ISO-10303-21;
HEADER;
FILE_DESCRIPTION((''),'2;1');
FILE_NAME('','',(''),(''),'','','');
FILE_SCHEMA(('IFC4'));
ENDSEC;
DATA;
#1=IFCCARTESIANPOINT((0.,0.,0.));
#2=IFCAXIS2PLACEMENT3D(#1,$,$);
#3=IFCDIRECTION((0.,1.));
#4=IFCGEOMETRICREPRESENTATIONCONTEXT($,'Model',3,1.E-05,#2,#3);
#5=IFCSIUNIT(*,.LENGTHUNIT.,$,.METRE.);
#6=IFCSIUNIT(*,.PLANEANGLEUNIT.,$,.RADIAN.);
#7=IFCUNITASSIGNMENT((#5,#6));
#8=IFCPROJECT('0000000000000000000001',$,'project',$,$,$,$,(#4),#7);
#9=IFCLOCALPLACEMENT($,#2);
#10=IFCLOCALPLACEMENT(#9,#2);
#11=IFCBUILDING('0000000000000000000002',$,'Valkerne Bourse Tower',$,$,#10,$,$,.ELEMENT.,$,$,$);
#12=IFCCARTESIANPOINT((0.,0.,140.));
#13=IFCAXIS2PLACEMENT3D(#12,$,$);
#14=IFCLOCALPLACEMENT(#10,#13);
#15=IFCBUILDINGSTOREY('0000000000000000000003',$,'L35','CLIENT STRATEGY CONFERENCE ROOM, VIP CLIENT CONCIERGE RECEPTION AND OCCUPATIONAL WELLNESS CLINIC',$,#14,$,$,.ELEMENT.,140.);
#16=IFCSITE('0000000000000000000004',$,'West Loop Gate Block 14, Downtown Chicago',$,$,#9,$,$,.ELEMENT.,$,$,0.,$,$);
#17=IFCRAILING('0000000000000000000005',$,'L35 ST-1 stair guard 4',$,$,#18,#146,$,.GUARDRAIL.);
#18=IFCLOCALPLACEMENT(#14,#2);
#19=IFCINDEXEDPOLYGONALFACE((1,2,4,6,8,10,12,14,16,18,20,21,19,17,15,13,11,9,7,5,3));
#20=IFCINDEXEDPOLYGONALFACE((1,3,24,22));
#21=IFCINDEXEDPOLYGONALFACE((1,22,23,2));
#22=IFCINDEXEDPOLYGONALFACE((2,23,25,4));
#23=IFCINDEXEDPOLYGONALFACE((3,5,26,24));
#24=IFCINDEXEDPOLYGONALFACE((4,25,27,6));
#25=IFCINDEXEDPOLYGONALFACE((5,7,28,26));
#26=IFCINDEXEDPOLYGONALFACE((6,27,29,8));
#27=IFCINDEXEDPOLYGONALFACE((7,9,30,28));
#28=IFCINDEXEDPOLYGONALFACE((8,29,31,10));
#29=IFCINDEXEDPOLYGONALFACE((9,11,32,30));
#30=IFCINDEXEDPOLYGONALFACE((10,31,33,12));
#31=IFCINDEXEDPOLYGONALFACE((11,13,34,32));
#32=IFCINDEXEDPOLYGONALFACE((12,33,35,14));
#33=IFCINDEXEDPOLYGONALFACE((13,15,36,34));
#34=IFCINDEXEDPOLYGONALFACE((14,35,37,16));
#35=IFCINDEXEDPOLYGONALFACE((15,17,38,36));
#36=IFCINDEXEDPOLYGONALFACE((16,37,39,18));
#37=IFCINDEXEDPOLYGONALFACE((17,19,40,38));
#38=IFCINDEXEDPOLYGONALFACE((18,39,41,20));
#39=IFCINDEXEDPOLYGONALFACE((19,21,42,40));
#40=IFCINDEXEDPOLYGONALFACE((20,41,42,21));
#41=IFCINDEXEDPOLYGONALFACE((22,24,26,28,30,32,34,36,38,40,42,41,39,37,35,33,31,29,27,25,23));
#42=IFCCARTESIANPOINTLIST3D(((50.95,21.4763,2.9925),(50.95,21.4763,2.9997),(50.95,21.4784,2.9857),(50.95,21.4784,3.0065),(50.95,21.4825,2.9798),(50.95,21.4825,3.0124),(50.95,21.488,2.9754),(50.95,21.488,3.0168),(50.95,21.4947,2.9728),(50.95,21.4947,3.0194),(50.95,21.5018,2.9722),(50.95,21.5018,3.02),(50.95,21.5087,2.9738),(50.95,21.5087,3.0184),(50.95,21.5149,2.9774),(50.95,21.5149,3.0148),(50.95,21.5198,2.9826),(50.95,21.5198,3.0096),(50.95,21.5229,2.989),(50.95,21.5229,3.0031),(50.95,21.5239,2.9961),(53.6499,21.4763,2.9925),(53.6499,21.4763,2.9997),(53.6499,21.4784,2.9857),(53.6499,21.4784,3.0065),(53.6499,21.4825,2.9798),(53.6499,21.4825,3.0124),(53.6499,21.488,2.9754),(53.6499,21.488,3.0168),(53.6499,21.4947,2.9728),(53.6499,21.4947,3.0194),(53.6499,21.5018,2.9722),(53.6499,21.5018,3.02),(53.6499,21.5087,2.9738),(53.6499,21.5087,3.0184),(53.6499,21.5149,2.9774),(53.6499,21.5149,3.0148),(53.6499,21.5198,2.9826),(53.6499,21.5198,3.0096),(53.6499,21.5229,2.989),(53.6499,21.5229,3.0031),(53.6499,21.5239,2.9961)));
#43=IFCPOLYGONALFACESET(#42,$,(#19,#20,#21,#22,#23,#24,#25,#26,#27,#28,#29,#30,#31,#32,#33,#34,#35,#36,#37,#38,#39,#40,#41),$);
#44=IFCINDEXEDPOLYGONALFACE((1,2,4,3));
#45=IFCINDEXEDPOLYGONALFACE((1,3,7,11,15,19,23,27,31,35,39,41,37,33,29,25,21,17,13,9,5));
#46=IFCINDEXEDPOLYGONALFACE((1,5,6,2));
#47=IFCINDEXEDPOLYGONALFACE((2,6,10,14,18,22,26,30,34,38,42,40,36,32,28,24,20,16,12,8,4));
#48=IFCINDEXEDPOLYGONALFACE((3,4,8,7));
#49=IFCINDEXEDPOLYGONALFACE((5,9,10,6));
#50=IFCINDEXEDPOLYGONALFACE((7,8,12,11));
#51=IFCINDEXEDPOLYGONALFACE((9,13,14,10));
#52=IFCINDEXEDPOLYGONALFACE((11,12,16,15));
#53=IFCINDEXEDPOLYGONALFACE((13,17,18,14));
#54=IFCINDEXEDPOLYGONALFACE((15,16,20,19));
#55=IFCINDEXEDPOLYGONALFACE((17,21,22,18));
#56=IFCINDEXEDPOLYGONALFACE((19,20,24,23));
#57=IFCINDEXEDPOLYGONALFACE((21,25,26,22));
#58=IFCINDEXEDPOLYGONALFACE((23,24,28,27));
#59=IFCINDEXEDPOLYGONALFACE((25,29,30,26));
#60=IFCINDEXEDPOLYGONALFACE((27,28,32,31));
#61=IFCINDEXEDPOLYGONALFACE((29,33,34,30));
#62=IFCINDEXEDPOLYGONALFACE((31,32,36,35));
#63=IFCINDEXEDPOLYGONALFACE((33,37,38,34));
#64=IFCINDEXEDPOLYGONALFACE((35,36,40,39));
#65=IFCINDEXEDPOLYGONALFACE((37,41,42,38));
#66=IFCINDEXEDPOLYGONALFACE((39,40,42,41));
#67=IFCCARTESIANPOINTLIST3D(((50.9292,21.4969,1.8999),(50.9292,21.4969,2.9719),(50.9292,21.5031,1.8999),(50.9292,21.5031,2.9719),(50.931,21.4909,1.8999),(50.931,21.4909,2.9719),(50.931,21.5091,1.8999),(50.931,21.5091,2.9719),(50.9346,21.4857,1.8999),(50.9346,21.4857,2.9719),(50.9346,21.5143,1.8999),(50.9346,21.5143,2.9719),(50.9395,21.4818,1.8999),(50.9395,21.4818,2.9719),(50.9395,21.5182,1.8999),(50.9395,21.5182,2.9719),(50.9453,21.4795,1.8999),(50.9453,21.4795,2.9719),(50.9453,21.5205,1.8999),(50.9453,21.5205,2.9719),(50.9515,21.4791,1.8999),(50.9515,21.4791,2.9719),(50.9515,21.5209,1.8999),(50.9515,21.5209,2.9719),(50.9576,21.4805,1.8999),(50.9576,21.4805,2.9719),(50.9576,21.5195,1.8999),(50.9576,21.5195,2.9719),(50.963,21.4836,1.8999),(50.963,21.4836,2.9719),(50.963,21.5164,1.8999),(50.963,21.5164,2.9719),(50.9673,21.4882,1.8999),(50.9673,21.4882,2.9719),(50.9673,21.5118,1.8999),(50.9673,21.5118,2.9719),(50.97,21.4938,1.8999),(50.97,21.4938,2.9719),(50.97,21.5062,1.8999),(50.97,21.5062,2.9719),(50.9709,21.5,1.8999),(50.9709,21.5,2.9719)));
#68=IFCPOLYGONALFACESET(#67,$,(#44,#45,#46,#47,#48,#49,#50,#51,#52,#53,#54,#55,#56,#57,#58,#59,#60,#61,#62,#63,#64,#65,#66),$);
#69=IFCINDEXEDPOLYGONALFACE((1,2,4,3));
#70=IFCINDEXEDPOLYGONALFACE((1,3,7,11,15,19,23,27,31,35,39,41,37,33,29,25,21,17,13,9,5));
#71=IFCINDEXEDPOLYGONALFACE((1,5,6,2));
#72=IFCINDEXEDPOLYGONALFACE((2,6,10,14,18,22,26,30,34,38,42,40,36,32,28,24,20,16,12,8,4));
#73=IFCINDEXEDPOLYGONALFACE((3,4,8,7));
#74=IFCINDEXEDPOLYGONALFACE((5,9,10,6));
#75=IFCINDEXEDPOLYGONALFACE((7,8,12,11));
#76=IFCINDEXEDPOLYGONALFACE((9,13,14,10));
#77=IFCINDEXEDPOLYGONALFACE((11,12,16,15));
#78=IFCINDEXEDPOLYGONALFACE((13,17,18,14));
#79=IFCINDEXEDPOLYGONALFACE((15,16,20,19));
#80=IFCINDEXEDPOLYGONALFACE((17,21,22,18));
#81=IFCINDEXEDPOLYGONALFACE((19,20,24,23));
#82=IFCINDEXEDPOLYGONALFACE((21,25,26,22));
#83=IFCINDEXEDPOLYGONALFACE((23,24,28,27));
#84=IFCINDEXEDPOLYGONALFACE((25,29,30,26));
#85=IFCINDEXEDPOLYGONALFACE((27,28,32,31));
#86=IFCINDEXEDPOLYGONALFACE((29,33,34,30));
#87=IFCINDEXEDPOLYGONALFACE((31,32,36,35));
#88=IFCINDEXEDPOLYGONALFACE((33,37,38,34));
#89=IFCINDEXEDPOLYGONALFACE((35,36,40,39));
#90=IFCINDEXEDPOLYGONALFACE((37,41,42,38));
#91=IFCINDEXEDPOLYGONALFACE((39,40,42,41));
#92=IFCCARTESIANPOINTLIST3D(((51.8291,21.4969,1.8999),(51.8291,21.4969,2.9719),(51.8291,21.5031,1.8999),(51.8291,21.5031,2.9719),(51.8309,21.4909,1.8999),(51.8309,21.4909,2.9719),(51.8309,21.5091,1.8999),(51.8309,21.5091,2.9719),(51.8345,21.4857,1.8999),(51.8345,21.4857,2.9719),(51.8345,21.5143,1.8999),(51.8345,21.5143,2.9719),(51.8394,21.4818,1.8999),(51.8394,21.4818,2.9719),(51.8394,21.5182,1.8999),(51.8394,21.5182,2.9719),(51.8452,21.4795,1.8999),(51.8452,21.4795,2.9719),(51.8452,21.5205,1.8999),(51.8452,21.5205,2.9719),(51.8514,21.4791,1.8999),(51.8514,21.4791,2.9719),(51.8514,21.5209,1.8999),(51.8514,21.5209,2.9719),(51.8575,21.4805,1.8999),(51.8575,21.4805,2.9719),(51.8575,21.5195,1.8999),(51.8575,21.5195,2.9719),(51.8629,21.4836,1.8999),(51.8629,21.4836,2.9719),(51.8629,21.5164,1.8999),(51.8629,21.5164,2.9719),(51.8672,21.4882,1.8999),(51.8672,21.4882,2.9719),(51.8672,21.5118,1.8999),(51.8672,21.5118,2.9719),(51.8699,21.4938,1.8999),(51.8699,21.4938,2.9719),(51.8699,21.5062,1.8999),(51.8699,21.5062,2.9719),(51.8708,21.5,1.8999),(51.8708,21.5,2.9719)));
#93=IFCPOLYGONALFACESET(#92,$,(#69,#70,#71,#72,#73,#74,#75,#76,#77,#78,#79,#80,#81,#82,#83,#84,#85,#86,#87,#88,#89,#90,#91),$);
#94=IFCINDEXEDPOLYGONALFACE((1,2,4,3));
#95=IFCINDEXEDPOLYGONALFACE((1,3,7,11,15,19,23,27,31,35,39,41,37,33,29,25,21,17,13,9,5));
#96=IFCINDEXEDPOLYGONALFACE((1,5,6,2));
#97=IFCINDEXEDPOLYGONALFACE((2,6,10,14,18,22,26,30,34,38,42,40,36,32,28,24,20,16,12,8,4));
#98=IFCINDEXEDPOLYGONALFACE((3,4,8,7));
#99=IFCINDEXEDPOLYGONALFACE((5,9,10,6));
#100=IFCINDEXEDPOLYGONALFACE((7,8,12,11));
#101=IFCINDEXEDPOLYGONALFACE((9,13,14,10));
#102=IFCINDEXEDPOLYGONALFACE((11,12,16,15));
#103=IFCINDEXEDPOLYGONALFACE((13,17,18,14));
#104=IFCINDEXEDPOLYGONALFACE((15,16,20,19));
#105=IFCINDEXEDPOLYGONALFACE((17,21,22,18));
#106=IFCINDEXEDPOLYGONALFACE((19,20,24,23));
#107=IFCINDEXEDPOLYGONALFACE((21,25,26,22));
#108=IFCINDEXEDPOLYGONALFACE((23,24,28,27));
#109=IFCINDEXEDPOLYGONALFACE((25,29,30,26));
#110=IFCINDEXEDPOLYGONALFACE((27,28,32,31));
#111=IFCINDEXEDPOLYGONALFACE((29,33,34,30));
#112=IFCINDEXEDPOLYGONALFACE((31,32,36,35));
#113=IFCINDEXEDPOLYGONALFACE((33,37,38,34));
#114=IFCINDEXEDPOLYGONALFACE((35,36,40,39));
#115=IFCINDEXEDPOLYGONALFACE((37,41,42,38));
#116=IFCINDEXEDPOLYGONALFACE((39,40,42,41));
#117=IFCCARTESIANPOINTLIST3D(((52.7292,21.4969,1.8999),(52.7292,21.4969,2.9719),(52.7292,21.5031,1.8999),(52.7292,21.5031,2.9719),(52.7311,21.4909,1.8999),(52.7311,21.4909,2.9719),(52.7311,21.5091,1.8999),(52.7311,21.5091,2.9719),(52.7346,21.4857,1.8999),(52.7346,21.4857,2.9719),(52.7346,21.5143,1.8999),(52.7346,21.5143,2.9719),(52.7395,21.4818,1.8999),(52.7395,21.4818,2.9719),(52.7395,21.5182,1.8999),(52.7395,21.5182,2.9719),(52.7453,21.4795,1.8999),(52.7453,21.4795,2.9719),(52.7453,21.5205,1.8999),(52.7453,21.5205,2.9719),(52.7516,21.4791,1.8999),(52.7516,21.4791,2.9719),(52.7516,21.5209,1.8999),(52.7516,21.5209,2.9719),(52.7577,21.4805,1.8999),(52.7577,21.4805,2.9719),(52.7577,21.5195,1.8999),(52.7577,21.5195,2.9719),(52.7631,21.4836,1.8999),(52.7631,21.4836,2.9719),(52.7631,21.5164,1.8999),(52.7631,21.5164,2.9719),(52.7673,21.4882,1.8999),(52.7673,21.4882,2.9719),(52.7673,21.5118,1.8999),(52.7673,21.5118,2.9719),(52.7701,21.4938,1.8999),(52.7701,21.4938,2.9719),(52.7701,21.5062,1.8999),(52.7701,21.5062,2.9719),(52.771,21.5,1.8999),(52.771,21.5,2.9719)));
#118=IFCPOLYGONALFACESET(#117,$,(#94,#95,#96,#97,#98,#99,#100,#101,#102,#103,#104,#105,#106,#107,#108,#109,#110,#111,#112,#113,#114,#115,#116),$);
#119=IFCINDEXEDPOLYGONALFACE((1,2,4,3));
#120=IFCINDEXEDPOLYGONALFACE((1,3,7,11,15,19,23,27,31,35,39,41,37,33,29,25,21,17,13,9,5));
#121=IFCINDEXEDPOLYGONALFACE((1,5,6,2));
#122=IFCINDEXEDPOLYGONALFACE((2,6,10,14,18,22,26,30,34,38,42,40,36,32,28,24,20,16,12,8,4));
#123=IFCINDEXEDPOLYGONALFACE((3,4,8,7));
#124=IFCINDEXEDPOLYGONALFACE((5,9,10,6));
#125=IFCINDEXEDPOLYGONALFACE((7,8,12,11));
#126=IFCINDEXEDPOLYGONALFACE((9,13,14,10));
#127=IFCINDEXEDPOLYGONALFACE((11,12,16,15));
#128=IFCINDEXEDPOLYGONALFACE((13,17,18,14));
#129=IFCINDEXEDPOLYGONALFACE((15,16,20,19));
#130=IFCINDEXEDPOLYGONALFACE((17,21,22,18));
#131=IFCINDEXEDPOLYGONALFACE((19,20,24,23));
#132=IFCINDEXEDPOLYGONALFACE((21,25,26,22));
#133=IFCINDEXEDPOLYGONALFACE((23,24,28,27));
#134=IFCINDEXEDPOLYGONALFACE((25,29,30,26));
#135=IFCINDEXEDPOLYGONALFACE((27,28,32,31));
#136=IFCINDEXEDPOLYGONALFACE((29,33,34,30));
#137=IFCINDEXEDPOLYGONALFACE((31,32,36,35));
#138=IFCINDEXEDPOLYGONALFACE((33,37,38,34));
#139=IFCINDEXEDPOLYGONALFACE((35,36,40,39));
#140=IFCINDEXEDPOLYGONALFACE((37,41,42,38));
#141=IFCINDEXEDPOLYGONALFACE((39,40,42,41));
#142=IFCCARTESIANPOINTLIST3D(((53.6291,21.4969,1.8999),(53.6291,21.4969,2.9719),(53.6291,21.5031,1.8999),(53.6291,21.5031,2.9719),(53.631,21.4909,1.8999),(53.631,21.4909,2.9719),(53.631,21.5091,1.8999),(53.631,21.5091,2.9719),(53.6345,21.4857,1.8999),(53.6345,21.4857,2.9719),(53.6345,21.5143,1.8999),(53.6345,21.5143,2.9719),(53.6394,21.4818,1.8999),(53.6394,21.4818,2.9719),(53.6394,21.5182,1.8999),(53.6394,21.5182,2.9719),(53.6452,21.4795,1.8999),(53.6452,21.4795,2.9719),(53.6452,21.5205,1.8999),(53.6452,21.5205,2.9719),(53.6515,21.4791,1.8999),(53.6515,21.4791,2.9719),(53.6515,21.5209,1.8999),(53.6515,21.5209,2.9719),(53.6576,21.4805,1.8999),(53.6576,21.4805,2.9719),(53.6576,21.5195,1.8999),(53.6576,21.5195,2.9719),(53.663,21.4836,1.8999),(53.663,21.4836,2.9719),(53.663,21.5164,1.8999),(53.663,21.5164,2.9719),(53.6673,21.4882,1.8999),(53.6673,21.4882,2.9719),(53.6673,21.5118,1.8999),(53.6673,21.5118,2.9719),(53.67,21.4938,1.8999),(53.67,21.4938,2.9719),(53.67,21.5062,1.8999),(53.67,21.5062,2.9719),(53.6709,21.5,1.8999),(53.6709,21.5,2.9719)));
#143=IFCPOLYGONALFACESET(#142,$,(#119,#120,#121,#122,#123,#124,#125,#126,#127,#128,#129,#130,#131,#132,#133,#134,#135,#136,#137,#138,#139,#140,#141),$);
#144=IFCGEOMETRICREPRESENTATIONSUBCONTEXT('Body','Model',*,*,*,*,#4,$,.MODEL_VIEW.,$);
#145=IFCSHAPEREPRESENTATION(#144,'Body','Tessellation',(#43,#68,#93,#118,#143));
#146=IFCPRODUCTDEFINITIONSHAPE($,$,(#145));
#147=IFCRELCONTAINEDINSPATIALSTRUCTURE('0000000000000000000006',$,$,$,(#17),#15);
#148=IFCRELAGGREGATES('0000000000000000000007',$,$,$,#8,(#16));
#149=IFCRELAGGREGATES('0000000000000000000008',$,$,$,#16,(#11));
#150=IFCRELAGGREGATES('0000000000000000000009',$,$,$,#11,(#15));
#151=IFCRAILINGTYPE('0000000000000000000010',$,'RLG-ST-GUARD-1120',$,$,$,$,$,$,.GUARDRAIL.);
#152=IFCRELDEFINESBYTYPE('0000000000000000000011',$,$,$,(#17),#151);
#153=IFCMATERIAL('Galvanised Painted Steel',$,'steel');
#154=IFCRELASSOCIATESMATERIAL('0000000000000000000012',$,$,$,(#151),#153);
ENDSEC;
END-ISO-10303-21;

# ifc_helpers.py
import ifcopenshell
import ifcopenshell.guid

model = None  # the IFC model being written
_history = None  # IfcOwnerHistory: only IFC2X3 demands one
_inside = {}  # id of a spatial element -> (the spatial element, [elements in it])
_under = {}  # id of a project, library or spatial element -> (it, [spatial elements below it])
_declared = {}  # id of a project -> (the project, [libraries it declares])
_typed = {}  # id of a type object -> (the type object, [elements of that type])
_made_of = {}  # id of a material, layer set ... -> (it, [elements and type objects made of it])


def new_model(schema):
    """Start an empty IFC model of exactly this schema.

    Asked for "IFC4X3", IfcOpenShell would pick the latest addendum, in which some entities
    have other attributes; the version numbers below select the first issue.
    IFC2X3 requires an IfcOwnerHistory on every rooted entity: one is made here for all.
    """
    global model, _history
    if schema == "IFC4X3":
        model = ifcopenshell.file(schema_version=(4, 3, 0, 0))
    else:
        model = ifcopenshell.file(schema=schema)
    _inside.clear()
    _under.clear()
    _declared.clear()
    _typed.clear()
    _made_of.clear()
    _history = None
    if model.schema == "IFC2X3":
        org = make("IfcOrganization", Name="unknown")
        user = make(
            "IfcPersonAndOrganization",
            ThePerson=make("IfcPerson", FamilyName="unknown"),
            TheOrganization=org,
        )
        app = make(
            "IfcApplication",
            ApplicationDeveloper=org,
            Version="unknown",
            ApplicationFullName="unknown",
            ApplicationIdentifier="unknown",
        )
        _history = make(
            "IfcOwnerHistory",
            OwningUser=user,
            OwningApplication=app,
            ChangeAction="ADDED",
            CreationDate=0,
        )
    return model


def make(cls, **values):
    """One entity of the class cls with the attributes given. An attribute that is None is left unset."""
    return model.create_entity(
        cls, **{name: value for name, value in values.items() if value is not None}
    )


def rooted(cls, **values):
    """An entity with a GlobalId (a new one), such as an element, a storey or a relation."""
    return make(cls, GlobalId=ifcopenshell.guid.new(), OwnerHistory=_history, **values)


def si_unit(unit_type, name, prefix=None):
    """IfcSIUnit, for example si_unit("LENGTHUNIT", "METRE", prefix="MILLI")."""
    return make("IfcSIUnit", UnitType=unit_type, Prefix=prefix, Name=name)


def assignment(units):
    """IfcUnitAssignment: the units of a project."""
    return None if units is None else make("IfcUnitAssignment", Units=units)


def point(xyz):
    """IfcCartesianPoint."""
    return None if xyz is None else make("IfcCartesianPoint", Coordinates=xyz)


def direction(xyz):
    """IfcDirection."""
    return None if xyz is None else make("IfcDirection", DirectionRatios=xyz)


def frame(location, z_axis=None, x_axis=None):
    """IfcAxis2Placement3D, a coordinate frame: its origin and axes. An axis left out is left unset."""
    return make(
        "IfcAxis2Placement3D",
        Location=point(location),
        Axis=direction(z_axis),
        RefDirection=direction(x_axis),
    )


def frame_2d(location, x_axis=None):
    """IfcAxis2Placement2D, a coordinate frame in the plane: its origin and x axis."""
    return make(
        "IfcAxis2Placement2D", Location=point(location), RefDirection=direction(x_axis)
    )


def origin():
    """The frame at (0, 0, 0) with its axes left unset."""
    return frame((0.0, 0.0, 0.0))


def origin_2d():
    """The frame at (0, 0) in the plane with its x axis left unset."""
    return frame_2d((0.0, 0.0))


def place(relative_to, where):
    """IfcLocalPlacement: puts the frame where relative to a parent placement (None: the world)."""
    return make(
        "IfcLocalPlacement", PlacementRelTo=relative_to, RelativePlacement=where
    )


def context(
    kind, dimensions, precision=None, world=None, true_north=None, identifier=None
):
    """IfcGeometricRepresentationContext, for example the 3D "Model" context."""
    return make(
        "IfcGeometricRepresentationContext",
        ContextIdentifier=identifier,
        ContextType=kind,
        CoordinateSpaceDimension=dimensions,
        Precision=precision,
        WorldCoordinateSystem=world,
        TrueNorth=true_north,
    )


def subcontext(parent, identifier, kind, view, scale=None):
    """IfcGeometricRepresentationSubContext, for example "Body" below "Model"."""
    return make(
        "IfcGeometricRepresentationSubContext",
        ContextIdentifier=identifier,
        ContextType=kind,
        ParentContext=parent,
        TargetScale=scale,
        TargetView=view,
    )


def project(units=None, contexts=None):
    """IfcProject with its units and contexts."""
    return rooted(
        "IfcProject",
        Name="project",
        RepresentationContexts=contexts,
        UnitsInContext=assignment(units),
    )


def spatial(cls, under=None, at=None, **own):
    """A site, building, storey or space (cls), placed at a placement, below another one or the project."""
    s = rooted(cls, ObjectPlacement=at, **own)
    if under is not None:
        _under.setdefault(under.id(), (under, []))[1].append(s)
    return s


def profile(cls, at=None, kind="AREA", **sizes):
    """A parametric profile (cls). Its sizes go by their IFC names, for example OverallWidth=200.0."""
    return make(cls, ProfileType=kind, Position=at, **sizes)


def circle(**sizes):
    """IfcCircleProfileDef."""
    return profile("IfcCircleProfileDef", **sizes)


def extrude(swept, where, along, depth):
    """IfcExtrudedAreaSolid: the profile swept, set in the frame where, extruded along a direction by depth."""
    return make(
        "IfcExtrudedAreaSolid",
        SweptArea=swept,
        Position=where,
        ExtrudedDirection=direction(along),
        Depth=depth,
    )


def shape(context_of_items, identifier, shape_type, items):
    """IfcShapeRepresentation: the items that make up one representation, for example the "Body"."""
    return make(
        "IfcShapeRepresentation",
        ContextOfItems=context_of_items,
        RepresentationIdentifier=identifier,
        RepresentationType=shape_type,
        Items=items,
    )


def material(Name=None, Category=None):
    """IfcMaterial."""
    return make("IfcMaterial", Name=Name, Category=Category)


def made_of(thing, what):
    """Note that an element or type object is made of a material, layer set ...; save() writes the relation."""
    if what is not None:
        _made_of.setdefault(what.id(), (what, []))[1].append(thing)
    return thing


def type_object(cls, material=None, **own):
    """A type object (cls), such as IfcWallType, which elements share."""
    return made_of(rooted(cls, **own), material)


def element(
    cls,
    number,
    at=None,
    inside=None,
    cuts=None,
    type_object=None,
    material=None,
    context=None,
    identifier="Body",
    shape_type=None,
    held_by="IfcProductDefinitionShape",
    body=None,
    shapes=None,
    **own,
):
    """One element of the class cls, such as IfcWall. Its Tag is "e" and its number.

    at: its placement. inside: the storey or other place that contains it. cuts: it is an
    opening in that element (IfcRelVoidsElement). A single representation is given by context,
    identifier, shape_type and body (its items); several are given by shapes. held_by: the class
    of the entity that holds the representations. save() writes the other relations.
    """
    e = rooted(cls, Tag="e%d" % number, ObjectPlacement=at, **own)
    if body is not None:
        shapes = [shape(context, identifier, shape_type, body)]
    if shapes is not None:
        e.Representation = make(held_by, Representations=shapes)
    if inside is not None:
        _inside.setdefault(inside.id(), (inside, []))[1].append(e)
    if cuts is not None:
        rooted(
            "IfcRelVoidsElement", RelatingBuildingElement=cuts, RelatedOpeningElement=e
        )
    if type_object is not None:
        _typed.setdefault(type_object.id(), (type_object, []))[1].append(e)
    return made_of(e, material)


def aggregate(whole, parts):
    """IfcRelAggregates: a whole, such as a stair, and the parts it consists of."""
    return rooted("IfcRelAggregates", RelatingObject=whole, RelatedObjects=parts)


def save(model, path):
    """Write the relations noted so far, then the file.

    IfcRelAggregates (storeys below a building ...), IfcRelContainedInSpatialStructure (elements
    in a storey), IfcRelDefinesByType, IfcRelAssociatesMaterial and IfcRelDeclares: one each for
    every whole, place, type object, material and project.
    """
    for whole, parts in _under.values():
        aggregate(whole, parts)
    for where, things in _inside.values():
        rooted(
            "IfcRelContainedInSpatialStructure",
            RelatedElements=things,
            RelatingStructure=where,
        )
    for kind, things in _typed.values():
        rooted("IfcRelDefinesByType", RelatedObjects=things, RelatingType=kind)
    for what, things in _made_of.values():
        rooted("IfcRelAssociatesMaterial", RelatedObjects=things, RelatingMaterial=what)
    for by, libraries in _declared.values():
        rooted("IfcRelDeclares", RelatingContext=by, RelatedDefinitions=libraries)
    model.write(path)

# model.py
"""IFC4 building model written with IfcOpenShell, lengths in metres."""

from ifc_helpers import new_model, si_unit, direction, frame, origin, origin_2d, place, context, subcontext, project, spatial, circle, extrude, material, type_object, element, save


model = new_model("IFC4")

# Units and contexts
model_context = context("Model", 3, precision=1e-05, world=origin(), true_north=direction((0.0, 1.0)))
body_context = subcontext(model_context, "Body", "Model", "MODEL_VIEW")
ifc_project = project(units=[si_unit("LENGTHUNIT", "METRE"), si_unit("PLANEANGLEUNIT", "RADIAN")], contexts=[model_context])

# Site, building, storey
site_placement = place(None, origin())
site = spatial("IfcSite", under=ifc_project, at=site_placement, Name="West Loop Gate Block 14, Downtown Chicago", CompositionType="ELEMENT", RefElevation=0.0)
building_placement = place(site_placement, origin())
building = spatial("IfcBuilding", under=site, at=building_placement, Name="Valkerne Bourse Tower", CompositionType="ELEMENT")
storey_placement = place(building_placement, frame((0.0, 0.0, 140.0)))
storey = spatial("IfcBuildingStorey", under=building, at=storey_placement, Name="L35", Description="CLIENT STRATEGY CONFERENCE ROOM, VIP CLIENT CONCIERGE RECEPTION AND OCCUPATIONAL WELLNESS CLINIC", CompositionType="ELEMENT", Elevation=140.0)

# Shared definitions
ifc_material_1 = material(Name="Galvanised Painted Steel", Category="steel")

# Railing
railing_type_1 = type_object("IfcRailingType", Name="RLG-ST-GUARD-1120", PredefinedType="GUARDRAIL", material=ifc_material_1)
for number, where, name in (
    (1, (50.95, 21.5, 1.8999), "L35 ST-1 stair guard 4"),
):
    element("IfcRailing", number, at=place(storey_placement, frame(where)), inside=storey, type_object=railing_type_1, Name=name, PredefinedType="GUARDRAIL", context=body_context, shape_type="SweptSolid", body=[
        extrude(circle(Radius=0.0239, at=origin_2d()), frame((0.0, 0.0, 1.0962), z_axis=(1.0, 0.0, 0.0), x_axis=(0.0, 1.0, 0.0)), (0.0, 0.0, 1.0), 2.7),
        extrude(circle(Radius=0.021, at=origin_2d()), origin(), (0.0, 0.0, 1.0), 1.072),
        extrude(circle(Radius=0.021, at=origin_2d()), frame((0.8999, 0.0, 0.0)), (0.0, 0.0, 1.0), 1.072),
        extrude(circle(Radius=0.021, at=origin_2d()), frame((1.8, 0.0, 0.0)), (0.0, 0.0, 1.0), 1.072),
        extrude(circle(Radius=0.021, at=origin_2d()), frame((2.7, 0.0, 0.0)), (0.0, 0.0, 1.0), 1.072),
    ])

save(model, "model.ifc")
